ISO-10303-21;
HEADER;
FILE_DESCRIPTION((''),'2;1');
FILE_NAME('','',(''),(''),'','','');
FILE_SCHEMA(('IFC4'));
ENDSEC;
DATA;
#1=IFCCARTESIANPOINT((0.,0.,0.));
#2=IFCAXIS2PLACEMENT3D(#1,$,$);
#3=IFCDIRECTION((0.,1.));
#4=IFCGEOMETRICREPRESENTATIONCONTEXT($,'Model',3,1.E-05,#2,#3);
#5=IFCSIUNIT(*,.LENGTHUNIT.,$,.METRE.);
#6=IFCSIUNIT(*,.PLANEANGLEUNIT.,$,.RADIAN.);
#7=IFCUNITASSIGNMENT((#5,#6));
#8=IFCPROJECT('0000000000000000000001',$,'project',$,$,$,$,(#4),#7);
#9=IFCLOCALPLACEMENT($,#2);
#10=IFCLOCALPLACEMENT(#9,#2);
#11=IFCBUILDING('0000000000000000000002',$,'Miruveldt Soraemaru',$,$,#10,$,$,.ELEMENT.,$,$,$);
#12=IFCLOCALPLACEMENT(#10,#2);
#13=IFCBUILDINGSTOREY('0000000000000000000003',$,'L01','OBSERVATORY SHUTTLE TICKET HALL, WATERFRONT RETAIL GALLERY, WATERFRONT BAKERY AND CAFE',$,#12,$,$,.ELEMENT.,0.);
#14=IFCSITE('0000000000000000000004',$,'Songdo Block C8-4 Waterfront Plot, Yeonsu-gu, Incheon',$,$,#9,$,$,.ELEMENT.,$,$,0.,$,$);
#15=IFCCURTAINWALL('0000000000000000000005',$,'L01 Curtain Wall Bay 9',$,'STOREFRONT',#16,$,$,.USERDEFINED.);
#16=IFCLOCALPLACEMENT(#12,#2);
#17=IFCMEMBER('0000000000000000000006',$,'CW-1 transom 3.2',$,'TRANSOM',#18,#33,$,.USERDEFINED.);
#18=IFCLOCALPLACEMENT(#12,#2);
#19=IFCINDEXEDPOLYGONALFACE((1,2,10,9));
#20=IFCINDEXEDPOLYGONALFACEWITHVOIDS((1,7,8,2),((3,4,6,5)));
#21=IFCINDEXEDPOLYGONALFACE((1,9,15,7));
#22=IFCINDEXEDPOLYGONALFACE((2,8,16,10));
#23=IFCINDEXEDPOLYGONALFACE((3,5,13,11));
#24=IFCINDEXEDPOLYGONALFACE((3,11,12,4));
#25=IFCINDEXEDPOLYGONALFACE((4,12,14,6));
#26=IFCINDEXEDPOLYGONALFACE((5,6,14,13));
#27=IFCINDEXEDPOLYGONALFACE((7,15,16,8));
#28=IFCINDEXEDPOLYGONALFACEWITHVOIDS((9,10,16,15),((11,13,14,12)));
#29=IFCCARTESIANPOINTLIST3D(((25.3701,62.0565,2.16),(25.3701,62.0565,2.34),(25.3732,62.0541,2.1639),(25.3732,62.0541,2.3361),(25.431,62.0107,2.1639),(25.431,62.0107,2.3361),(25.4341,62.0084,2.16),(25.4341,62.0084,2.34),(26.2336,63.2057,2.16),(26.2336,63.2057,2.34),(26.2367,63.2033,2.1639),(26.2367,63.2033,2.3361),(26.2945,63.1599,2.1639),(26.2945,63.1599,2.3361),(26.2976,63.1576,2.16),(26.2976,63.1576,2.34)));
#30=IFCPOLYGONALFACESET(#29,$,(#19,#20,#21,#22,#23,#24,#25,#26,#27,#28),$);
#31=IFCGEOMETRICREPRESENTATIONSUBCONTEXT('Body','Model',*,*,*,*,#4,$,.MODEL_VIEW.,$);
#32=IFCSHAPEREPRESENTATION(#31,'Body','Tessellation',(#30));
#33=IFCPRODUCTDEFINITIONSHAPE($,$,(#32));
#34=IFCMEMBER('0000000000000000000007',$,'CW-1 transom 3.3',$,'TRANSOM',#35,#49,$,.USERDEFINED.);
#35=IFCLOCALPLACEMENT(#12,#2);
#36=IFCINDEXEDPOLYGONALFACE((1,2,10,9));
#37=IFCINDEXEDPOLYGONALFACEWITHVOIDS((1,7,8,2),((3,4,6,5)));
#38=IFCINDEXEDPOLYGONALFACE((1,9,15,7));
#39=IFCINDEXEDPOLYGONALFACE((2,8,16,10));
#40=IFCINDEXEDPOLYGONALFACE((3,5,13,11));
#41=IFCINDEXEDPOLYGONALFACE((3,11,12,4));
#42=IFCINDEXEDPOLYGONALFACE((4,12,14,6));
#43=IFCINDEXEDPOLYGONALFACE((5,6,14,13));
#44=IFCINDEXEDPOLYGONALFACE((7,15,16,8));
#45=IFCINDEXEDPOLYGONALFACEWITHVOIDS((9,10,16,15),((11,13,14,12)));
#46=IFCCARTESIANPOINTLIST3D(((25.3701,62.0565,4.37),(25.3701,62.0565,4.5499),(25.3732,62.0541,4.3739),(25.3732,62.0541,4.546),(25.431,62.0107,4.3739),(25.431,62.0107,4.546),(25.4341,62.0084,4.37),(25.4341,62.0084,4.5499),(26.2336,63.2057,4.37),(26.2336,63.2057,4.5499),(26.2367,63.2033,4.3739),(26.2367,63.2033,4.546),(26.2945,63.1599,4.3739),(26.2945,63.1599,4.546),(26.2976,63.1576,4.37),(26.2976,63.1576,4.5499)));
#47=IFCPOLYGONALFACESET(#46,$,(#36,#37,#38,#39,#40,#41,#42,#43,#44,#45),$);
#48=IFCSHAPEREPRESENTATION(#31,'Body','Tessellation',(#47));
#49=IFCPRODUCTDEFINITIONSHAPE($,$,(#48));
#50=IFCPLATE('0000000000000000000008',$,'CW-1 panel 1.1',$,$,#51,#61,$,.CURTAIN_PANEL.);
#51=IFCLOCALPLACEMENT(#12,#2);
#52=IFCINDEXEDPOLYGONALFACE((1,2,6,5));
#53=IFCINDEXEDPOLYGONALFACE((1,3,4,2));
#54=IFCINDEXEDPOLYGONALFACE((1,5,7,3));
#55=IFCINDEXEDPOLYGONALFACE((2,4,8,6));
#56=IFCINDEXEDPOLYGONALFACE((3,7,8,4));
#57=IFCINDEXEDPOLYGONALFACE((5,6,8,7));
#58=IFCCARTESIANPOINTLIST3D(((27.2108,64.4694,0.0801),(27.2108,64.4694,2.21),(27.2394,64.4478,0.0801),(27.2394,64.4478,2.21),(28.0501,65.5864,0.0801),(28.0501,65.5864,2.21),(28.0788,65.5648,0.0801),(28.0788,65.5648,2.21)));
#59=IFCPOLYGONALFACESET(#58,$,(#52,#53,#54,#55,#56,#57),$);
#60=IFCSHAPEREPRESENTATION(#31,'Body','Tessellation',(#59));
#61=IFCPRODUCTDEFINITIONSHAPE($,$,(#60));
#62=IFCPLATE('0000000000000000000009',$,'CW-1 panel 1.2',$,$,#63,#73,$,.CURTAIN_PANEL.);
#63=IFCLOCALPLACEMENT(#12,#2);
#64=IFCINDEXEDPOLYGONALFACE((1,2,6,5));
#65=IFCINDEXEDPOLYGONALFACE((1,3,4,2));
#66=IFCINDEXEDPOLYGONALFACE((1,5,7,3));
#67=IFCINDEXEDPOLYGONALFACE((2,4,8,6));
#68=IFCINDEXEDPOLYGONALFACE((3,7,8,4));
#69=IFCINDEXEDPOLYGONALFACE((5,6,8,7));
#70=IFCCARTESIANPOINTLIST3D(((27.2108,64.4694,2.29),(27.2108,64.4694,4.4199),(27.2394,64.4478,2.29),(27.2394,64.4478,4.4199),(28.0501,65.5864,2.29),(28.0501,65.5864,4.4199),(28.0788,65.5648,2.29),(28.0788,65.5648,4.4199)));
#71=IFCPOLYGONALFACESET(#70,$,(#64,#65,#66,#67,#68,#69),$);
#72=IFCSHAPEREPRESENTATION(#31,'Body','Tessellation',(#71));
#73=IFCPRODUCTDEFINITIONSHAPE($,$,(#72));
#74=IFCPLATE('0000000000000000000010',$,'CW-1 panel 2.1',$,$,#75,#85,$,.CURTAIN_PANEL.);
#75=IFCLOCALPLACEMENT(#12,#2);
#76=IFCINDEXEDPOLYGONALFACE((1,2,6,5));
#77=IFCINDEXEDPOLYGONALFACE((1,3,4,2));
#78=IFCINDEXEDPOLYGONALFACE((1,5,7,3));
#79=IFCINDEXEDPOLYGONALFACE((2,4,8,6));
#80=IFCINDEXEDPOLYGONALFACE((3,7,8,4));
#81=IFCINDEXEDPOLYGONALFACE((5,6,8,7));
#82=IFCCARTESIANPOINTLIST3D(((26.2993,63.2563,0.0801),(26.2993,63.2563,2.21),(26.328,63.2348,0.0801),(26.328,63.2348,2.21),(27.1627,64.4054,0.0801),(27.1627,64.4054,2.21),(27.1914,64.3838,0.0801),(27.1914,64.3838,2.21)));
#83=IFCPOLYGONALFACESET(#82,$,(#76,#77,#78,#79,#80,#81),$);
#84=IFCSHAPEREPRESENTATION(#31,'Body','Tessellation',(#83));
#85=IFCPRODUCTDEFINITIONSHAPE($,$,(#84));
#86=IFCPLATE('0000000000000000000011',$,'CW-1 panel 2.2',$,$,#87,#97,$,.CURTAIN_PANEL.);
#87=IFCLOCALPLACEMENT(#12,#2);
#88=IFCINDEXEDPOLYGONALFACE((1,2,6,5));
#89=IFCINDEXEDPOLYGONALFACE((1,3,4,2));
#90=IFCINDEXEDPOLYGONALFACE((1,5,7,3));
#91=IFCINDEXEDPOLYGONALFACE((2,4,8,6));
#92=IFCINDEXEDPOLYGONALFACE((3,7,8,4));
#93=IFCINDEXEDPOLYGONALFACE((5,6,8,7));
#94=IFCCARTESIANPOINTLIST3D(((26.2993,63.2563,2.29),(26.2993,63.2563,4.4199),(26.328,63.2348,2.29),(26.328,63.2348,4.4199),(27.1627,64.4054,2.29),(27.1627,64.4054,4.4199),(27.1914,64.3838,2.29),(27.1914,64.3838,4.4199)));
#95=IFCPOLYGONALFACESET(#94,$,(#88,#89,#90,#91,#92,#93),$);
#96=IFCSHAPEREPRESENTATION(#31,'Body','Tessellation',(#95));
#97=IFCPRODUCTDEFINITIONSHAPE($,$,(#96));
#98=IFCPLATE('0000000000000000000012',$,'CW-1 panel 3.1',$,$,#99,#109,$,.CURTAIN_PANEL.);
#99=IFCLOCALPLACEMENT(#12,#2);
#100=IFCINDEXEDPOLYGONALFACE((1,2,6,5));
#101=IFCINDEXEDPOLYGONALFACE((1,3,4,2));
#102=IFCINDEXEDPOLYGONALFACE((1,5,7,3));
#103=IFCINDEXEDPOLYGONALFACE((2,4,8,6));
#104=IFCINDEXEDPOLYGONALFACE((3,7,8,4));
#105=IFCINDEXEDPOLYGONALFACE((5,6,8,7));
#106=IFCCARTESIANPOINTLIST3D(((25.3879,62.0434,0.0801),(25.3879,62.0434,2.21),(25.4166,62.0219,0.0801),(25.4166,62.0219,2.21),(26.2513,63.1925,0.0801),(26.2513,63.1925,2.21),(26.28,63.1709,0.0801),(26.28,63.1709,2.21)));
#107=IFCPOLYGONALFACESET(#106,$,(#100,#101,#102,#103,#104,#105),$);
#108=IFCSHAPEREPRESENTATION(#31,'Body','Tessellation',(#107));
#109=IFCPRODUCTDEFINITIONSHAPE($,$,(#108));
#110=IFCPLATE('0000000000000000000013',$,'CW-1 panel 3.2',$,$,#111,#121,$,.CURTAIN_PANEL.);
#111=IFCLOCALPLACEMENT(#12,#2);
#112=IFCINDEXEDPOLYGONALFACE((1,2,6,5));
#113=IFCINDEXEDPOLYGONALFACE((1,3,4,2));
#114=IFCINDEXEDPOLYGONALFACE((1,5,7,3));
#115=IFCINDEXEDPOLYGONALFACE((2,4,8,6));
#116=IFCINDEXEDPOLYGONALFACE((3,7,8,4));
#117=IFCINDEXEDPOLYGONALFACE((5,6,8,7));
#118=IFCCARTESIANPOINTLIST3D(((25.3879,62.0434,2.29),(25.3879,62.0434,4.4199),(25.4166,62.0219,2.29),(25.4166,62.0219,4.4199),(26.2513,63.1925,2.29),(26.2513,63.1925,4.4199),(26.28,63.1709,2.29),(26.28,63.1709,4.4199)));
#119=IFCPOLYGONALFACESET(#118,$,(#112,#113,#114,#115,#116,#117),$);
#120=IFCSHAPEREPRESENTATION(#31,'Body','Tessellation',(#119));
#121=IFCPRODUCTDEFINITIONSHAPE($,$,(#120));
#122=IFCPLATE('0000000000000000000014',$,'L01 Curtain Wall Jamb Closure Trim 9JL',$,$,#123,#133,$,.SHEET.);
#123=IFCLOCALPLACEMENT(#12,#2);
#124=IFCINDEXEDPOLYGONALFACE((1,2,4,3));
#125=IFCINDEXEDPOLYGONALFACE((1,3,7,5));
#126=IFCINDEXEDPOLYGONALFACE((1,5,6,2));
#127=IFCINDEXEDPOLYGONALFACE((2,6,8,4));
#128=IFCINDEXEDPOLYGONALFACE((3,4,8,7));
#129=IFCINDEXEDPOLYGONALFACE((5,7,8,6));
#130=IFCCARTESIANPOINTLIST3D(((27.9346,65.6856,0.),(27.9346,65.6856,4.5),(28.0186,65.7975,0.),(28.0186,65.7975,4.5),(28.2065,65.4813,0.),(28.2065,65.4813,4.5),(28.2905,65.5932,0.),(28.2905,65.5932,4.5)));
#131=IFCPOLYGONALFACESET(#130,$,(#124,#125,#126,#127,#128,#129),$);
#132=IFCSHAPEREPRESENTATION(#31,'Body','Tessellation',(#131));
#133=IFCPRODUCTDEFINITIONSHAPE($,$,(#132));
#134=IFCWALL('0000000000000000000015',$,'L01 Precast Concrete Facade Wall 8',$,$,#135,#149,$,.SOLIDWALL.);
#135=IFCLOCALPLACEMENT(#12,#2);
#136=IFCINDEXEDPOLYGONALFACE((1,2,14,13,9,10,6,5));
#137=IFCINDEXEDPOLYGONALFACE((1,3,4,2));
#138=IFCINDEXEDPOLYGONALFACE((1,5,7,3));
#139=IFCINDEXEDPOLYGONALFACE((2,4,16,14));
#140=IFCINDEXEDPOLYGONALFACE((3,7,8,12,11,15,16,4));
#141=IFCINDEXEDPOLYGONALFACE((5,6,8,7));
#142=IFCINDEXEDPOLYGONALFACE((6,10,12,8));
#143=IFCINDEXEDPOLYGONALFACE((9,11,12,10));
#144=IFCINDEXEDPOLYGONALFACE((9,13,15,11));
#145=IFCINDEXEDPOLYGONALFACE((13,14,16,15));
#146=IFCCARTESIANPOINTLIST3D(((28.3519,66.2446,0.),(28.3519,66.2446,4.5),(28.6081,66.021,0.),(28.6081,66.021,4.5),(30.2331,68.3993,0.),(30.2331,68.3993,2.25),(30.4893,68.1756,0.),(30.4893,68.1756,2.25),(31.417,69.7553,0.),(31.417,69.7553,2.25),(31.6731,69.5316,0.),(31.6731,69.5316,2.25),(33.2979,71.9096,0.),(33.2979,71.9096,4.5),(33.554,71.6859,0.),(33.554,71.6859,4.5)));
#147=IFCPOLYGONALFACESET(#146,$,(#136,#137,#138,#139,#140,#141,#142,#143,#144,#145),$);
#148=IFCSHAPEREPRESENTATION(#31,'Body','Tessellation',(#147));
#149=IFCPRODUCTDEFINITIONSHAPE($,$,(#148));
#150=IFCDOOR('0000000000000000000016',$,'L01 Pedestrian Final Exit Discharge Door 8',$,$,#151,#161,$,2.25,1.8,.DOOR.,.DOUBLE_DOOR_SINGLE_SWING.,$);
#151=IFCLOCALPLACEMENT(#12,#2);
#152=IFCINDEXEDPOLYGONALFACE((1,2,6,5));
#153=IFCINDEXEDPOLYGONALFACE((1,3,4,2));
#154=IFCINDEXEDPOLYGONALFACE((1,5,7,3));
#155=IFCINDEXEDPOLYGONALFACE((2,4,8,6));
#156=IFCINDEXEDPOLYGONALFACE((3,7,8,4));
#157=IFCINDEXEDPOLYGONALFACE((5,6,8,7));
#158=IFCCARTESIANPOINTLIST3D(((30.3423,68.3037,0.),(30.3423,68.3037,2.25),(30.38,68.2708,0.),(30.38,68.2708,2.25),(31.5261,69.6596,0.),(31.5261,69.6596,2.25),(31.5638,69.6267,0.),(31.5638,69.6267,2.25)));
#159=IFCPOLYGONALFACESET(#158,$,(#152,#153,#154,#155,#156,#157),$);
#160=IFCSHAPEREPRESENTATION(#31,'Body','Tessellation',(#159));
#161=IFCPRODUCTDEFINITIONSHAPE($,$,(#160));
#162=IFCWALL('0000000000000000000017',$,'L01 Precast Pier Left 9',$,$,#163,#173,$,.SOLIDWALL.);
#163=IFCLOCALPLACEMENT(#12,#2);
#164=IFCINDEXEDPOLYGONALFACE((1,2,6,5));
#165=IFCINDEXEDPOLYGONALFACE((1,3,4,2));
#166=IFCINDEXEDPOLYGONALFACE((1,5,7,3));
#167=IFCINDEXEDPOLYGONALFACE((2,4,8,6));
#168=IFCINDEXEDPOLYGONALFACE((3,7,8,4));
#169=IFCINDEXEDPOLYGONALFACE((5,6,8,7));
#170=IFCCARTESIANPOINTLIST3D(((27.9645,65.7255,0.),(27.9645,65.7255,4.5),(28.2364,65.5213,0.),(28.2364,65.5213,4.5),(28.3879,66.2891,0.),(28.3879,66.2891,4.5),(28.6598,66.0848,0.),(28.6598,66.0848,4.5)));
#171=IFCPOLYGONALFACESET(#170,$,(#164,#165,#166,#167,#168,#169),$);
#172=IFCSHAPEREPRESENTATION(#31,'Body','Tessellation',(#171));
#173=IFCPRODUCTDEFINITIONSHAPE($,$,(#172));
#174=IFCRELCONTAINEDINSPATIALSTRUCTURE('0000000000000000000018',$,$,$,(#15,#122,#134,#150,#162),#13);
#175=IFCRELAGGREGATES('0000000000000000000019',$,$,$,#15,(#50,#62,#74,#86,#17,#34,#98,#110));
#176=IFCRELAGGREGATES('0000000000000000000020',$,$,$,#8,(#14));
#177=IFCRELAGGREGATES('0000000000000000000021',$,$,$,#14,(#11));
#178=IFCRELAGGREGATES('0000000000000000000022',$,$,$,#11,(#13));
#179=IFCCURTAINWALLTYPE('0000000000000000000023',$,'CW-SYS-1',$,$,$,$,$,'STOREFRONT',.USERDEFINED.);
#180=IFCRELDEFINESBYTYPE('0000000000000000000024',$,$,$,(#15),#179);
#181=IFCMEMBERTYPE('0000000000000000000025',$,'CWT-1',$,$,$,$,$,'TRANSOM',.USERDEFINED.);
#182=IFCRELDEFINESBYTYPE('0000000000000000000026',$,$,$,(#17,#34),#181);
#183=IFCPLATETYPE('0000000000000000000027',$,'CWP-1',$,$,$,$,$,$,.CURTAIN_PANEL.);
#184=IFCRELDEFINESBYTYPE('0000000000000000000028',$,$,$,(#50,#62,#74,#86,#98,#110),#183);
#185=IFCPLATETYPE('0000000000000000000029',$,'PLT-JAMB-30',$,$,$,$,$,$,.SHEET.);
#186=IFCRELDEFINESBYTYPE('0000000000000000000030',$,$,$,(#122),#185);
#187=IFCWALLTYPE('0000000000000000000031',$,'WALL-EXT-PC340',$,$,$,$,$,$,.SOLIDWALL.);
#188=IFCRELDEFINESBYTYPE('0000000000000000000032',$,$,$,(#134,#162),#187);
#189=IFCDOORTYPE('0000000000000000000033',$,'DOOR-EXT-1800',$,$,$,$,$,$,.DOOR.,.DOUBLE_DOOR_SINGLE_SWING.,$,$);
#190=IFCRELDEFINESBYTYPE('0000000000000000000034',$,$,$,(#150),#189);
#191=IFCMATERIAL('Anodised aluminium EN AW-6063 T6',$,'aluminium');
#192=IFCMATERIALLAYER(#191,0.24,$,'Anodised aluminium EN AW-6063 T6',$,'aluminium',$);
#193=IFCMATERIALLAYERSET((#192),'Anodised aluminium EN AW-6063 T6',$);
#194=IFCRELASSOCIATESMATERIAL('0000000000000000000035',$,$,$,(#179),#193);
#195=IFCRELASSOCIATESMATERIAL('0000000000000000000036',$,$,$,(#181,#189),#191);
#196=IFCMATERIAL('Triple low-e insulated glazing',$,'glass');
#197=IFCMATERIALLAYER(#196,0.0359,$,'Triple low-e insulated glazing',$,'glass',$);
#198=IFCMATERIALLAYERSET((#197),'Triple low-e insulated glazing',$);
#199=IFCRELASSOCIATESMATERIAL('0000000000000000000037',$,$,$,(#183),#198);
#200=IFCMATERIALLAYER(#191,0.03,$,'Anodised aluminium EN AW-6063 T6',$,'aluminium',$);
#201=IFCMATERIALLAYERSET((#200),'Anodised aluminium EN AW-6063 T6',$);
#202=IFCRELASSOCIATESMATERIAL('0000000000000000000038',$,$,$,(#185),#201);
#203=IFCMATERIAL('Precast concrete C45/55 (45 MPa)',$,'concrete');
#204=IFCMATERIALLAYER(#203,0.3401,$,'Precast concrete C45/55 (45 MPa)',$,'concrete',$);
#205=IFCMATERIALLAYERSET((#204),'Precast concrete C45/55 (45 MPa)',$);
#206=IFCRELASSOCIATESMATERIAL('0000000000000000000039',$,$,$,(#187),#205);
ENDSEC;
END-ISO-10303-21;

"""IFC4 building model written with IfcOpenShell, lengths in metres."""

from ifc_helpers import new_model, si_unit, direction, frame, frame_2d, origin, origin_2d, place, context, subcontext, project, spatial, rectangle, hollow_rectangle, extrude, material, layer, layer_set, material_profile, profile_set, type_object, element, fill, aggregate, save


model = new_model("IFC4")

# Units and contexts
model_context = context("Model", 3, precision=1e-05, world=origin(), true_north=direction((0.0, 1.0)))
body_context = subcontext(model_context, "Body", "Model", "MODEL_VIEW")
ifc_project = project(units=[si_unit("LENGTHUNIT", "METRE"), si_unit("PLANEANGLEUNIT", "RADIAN")], contexts=[model_context])

# Site, building, storey
site_placement = place(None, origin())
site = spatial("IfcSite", under=ifc_project, at=site_placement, Name="Songdo Block C8-4 Waterfront Plot, Yeonsu-gu, Incheon", CompositionType="ELEMENT", RefElevation=0.0)
building_placement = place(site_placement, origin())
building = spatial("IfcBuilding", under=site, at=building_placement, Name="Miruveldt Soraemaru", CompositionType="ELEMENT")
storey_placement = place(building_placement, origin())
storey = spatial("IfcBuildingStorey", under=building, at=storey_placement, Name="L01", Description="OBSERVATORY SHUTTLE TICKET HALL, WATERFRONT RETAIL GALLERY, WATERFRONT BAKERY AND CAFE", CompositionType="ELEMENT", Elevation=0.0)

# Curtain wall, members, plates
ifc_material_1 = material(Name="Anodised aluminium EN AW-6063 T6", Category="aluminium")
ifc_layer_1 = layer(ifc_material_1, 0.24, Name="Anodised aluminium EN AW-6063 T6", Category="aluminium")
ifc_layer_set_1 = layer_set([ifc_layer_1], Name="Anodised aluminium EN AW-6063 T6")
curtain_wall_type = type_object("IfcCurtainWallType", Name="CW-SYS-1", ElementType="STOREFRONT", PredefinedType="USERDEFINED", material=ifc_layer_set_1)
curtain_wall_placement = place(storey_placement, origin())
curtain_wall = element("IfcCurtainWall", 1, at=curtain_wall_placement, inside=storey, type_object=curtain_wall_type, Name="L01 Curtain Wall Bay 9", ObjectType="STOREFRONT", PredefinedType="USERDEFINED")
ifc_material_profile_1 = material_profile(ifc_material_1, hollow_rectangle(XDim=0.0801, YDim=0.1799, WallThickness=0.0039, at=origin_2d()), Name="Anodised aluminium EN AW-6063 T6", Category="aluminium")
ifc_profile_set_1 = profile_set([ifc_material_profile_1], Name="Anodised aluminium EN AW-6063 T6")
member_type_1 = type_object("IfcMemberType", Name="CWT-1", ElementType="TRANSOM", PredefinedType="USERDEFINED", material=ifc_profile_set_1)
member_1_placement = place(storey_placement, frame((26.2656, 63.1816, 2.25), z_axis=(-0.600733, -0.799449, 0.0), x_axis=(0.799449, -0.600733, 0.0)))
member_1 = element("IfcMember", 2, at=member_1_placement, type_object=member_type_1, Name="CW-1 transom 3.2", ObjectType="TRANSOM", PredefinedType="USERDEFINED", context=body_context, shape_type="SweptSolid", body=[
    extrude(hollow_rectangle(XDim=0.0801, YDim=0.1799, WallThickness=0.0039, at=origin_2d()), origin(), (0.0, 0.0, 1.0), 1.4375),
])
member_2_placement = place(storey_placement, frame((26.2656, 63.1816, 4.46), z_axis=(-0.600733, -0.799449, 0.0), x_axis=(0.799449, -0.600733, 0.0)))
member_2 = element("IfcMember", 3, at=member_2_placement, type_object=member_type_1, Name="CW-1 transom 3.3", ObjectType="TRANSOM", PredefinedType="USERDEFINED", context=body_context, shape_type="SweptSolid", body=[
    extrude(hollow_rectangle(XDim=0.0801, YDim=0.1799, WallThickness=0.0039, at=origin_2d()), origin(), (0.0, 0.0, 1.0), 1.4375),
])
ifc_material_2 = material(Name="Triple low-e insulated glazing", Category="glass")
ifc_layer_2 = layer(ifc_material_2, 0.0359, Name="Triple low-e insulated glazing", Category="glass")
ifc_layer_set_2 = layer_set([ifc_layer_2], Name="Triple low-e insulated glazing")
plate_type_1 = type_object("IfcPlateType", Name="CWP-1", PredefinedType="CURTAIN_PANEL", material=ifc_layer_set_2)
plate_1_placement = place(storey_placement, frame((27.6448, 65.0171, 0.0801), z_axis=(0.0, 0.0, 1.0), x_axis=(-0.600725, -0.799456, 0.0)))
plate_1 = element("IfcPlate", 4, at=plate_1_placement, type_object=plate_type_1, Name="CW-1 panel 1.1", PredefinedType="CURTAIN_PANEL", context=body_context, shape_type="SweptSolid", body=[
    extrude(rectangle(XDim=1.3972, YDim=0.0359, at=origin_2d()), origin(), (0.0, 0.0, 1.0), 2.1299),
])
plate_2_placement = place(storey_placement, frame((27.6448, 65.0171, 2.29), z_axis=(0.0, 0.0, 1.0), x_axis=(-0.600725, -0.799456, 0.0)))
plate_2 = element("IfcPlate", 5, at=plate_2_placement, type_object=plate_type_1, Name="CW-1 panel 1.2", PredefinedType="CURTAIN_PANEL", context=body_context, shape_type="SweptSolid", body=[
    extrude(rectangle(XDim=1.3972, YDim=0.0359, at=origin_2d()), origin(), (0.0, 0.0, 1.0), 2.1299),
])
plate_3_placement = place(storey_placement, frame((26.7454, 63.8201, 0.0801), z_axis=(0.0, 0.0, 1.0), x_axis=(-0.600725, -0.799456, 0.0)))
plate_3 = element("IfcPlate", 6, at=plate_3_placement, type_object=plate_type_1, Name="CW-1 panel 2.1", PredefinedType="CURTAIN_PANEL", context=body_context, shape_type="SweptSolid", body=[
    extrude(rectangle(XDim=1.4373, YDim=0.0359, at=origin_2d()), origin(), (0.0, 0.0, 1.0), 2.1299),
])
plate_4_placement = place(storey_placement, frame((26.7454, 63.8201, 2.29), z_axis=(0.0, 0.0, 1.0), x_axis=(-0.600725, -0.799456, 0.0)))
plate_4 = element("IfcPlate", 7, at=plate_4_placement, type_object=plate_type_1, Name="CW-1 panel 2.2", PredefinedType="CURTAIN_PANEL", context=body_context, shape_type="SweptSolid", body=[
    extrude(rectangle(XDim=1.4373, YDim=0.0359, at=origin_2d()), origin(), (0.0, 0.0, 1.0), 2.1299),
])
plate_5_placement = place(storey_placement, frame((25.834, 62.6072, 0.0801), z_axis=(0.0, 0.0, 1.0), x_axis=(-0.600725, -0.799456, 0.0)))
plate_5 = element("IfcPlate", 8, at=plate_5_placement, type_object=plate_type_1, Name="CW-1 panel 3.1", PredefinedType="CURTAIN_PANEL", context=body_context, shape_type="SweptSolid", body=[
    extrude(rectangle(XDim=1.4373, YDim=0.0359, at=origin_2d()), origin(), (0.0, 0.0, 1.0), 2.1299),
])
plate_6_placement = place(storey_placement, frame((25.834, 62.6072, 2.29), z_axis=(0.0, 0.0, 1.0), x_axis=(-0.600725, -0.799456, 0.0)))
plate_6 = element("IfcPlate", 9, at=plate_6_placement, type_object=plate_type_1, Name="CW-1 panel 3.2", PredefinedType="CURTAIN_PANEL", context=body_context, shape_type="SweptSolid", body=[
    extrude(rectangle(XDim=1.4373, YDim=0.0359, at=origin_2d()), origin(), (0.0, 0.0, 1.0), 2.1299),
])
aggregate(curtain_wall, [plate_1, plate_2, plate_3, plate_4, member_1, member_2, plate_5, plate_6])

# Plate
ifc_layer_3 = layer(ifc_material_1, 0.03, Name="Anodised aluminium EN AW-6063 T6", Category="aluminium")
ifc_layer_set_3 = layer_set([ifc_layer_3], Name="Anodised aluminium EN AW-6063 T6")
plate_type_2 = type_object("IfcPlateType", Name="PLT-JAMB-30", PredefinedType="SHEET", material=ifc_layer_set_3)
plate_7_placement = place(storey_placement, frame((28.1125, 65.6394, 0.0), z_axis=(0.0, 0.0, 1.0), x_axis=(-0.600741, -0.799444, 0.0)))
element("IfcPlate", 10, at=plate_7_placement, inside=storey, type_object=plate_type_2, Name="L01 Curtain Wall Jamb Closure Trim 9JL", PredefinedType="SHEET", context=body_context, shape_type="SweptSolid", body=[
    extrude(rectangle(XDim=0.1399, YDim=0.3401, at=origin_2d()), origin(), (0.0, 0.0, 1.0), 4.5),
])

# Wall, opening, door
ifc_material_3 = material(Name="Precast concrete C45/55 (45 MPa)", Category="concrete")
ifc_layer_4 = layer(ifc_material_3, 0.3401, Name="Precast concrete C45/55 (45 MPa)", Category="concrete")
ifc_layer_set_4 = layer_set([ifc_layer_4], Name="Precast concrete C45/55 (45 MPa)")
wall_type = type_object("IfcWallType", Name="WALL-EXT-PC340", PredefinedType="SOLIDWALL", material=ifc_layer_set_4)
wall_1_placement = place(storey_placement, frame((33.426, 71.7979, 0.0), z_axis=(0.0, 0.0, 1.0), x_axis=(-0.657686, -0.753292, 0.0)))
wall_1 = element("IfcWall", 11, at=wall_1_placement, inside=storey, type_object=wall_type, Name="L01 Precast Concrete Facade Wall 8", PredefinedType="SOLIDWALL", context=body_context, shape_type="SweptSolid", body=[
    extrude(rectangle(XDim=7.5203, YDim=0.3401, at=frame_2d((3.7603, 0.0))), origin(), (0.0, 0.0, 1.0), 4.5),
])
opening_placement = place(wall_1_placement, frame((2.8601, 0.0, 0.0)))
opening = element("IfcOpeningElement", 12, at=opening_placement, cuts=wall_1, PredefinedType="OPENING", context=body_context, shape_type="SweptSolid", body=[
    extrude(rectangle(XDim=1.8, YDim=2.25, at=frame_2d((0.8999, 1.125))), frame((0.0, 0.1802, 0.0), z_axis=(0.0, -1.0, 0.0), x_axis=(1.0, 0.0, 0.0)), (0.0, 0.0, 1.0), 0.3601),
])
door_type = type_object("IfcDoorType", Name="DOOR-EXT-1800", OperationType="DOUBLE_DOOR_SINGLE_SWING", PredefinedType="DOOR", material=ifc_material_1)
door_placement = place(opening_placement, frame((1.8, 0.0, 0.0), z_axis=(0.0, 0.0, 1.0), x_axis=(-1.0, 0.0, 0.0)))
door = element("IfcDoor", 13, at=door_placement, inside=storey, type_object=door_type, Name="L01 Pedestrian Final Exit Discharge Door 8", OperationType="DOUBLE_DOOR_SINGLE_SWING", OverallHeight=2.25, OverallWidth=1.8, PredefinedType="DOOR", context=body_context, shape_type="SweptSolid", body=[
    extrude(rectangle(XDim=1.8, YDim=2.25, at=frame_2d((0.8999, 1.125))), frame((0.0, 0.0249, 0.0), z_axis=(0.0, -1.0, 0.0), x_axis=(1.0, 0.0, 0.0)), (0.0, 0.0, 1.0), 0.05),
])
fill(opening, door)

# Wall
wall_2_placement = place(storey_placement, frame((28.5239, 66.187, 0.0), z_axis=(0.0, 0.0, 1.0), x_axis=(-0.600665, -0.799501, 0.0)))
element("IfcWall", 14, at=wall_2_placement, inside=storey, type_object=wall_type, Name="L01 Precast Pier Left 9", PredefinedType="SOLIDWALL", context=body_context, shape_type="SweptSolid", body=[
    extrude(rectangle(XDim=0.7048, YDim=0.3401, at=frame_2d((0.3525, 0.0))), origin(), (0.0, 0.0, 1.0), 4.5),
])

save(model, "model.ifc")
